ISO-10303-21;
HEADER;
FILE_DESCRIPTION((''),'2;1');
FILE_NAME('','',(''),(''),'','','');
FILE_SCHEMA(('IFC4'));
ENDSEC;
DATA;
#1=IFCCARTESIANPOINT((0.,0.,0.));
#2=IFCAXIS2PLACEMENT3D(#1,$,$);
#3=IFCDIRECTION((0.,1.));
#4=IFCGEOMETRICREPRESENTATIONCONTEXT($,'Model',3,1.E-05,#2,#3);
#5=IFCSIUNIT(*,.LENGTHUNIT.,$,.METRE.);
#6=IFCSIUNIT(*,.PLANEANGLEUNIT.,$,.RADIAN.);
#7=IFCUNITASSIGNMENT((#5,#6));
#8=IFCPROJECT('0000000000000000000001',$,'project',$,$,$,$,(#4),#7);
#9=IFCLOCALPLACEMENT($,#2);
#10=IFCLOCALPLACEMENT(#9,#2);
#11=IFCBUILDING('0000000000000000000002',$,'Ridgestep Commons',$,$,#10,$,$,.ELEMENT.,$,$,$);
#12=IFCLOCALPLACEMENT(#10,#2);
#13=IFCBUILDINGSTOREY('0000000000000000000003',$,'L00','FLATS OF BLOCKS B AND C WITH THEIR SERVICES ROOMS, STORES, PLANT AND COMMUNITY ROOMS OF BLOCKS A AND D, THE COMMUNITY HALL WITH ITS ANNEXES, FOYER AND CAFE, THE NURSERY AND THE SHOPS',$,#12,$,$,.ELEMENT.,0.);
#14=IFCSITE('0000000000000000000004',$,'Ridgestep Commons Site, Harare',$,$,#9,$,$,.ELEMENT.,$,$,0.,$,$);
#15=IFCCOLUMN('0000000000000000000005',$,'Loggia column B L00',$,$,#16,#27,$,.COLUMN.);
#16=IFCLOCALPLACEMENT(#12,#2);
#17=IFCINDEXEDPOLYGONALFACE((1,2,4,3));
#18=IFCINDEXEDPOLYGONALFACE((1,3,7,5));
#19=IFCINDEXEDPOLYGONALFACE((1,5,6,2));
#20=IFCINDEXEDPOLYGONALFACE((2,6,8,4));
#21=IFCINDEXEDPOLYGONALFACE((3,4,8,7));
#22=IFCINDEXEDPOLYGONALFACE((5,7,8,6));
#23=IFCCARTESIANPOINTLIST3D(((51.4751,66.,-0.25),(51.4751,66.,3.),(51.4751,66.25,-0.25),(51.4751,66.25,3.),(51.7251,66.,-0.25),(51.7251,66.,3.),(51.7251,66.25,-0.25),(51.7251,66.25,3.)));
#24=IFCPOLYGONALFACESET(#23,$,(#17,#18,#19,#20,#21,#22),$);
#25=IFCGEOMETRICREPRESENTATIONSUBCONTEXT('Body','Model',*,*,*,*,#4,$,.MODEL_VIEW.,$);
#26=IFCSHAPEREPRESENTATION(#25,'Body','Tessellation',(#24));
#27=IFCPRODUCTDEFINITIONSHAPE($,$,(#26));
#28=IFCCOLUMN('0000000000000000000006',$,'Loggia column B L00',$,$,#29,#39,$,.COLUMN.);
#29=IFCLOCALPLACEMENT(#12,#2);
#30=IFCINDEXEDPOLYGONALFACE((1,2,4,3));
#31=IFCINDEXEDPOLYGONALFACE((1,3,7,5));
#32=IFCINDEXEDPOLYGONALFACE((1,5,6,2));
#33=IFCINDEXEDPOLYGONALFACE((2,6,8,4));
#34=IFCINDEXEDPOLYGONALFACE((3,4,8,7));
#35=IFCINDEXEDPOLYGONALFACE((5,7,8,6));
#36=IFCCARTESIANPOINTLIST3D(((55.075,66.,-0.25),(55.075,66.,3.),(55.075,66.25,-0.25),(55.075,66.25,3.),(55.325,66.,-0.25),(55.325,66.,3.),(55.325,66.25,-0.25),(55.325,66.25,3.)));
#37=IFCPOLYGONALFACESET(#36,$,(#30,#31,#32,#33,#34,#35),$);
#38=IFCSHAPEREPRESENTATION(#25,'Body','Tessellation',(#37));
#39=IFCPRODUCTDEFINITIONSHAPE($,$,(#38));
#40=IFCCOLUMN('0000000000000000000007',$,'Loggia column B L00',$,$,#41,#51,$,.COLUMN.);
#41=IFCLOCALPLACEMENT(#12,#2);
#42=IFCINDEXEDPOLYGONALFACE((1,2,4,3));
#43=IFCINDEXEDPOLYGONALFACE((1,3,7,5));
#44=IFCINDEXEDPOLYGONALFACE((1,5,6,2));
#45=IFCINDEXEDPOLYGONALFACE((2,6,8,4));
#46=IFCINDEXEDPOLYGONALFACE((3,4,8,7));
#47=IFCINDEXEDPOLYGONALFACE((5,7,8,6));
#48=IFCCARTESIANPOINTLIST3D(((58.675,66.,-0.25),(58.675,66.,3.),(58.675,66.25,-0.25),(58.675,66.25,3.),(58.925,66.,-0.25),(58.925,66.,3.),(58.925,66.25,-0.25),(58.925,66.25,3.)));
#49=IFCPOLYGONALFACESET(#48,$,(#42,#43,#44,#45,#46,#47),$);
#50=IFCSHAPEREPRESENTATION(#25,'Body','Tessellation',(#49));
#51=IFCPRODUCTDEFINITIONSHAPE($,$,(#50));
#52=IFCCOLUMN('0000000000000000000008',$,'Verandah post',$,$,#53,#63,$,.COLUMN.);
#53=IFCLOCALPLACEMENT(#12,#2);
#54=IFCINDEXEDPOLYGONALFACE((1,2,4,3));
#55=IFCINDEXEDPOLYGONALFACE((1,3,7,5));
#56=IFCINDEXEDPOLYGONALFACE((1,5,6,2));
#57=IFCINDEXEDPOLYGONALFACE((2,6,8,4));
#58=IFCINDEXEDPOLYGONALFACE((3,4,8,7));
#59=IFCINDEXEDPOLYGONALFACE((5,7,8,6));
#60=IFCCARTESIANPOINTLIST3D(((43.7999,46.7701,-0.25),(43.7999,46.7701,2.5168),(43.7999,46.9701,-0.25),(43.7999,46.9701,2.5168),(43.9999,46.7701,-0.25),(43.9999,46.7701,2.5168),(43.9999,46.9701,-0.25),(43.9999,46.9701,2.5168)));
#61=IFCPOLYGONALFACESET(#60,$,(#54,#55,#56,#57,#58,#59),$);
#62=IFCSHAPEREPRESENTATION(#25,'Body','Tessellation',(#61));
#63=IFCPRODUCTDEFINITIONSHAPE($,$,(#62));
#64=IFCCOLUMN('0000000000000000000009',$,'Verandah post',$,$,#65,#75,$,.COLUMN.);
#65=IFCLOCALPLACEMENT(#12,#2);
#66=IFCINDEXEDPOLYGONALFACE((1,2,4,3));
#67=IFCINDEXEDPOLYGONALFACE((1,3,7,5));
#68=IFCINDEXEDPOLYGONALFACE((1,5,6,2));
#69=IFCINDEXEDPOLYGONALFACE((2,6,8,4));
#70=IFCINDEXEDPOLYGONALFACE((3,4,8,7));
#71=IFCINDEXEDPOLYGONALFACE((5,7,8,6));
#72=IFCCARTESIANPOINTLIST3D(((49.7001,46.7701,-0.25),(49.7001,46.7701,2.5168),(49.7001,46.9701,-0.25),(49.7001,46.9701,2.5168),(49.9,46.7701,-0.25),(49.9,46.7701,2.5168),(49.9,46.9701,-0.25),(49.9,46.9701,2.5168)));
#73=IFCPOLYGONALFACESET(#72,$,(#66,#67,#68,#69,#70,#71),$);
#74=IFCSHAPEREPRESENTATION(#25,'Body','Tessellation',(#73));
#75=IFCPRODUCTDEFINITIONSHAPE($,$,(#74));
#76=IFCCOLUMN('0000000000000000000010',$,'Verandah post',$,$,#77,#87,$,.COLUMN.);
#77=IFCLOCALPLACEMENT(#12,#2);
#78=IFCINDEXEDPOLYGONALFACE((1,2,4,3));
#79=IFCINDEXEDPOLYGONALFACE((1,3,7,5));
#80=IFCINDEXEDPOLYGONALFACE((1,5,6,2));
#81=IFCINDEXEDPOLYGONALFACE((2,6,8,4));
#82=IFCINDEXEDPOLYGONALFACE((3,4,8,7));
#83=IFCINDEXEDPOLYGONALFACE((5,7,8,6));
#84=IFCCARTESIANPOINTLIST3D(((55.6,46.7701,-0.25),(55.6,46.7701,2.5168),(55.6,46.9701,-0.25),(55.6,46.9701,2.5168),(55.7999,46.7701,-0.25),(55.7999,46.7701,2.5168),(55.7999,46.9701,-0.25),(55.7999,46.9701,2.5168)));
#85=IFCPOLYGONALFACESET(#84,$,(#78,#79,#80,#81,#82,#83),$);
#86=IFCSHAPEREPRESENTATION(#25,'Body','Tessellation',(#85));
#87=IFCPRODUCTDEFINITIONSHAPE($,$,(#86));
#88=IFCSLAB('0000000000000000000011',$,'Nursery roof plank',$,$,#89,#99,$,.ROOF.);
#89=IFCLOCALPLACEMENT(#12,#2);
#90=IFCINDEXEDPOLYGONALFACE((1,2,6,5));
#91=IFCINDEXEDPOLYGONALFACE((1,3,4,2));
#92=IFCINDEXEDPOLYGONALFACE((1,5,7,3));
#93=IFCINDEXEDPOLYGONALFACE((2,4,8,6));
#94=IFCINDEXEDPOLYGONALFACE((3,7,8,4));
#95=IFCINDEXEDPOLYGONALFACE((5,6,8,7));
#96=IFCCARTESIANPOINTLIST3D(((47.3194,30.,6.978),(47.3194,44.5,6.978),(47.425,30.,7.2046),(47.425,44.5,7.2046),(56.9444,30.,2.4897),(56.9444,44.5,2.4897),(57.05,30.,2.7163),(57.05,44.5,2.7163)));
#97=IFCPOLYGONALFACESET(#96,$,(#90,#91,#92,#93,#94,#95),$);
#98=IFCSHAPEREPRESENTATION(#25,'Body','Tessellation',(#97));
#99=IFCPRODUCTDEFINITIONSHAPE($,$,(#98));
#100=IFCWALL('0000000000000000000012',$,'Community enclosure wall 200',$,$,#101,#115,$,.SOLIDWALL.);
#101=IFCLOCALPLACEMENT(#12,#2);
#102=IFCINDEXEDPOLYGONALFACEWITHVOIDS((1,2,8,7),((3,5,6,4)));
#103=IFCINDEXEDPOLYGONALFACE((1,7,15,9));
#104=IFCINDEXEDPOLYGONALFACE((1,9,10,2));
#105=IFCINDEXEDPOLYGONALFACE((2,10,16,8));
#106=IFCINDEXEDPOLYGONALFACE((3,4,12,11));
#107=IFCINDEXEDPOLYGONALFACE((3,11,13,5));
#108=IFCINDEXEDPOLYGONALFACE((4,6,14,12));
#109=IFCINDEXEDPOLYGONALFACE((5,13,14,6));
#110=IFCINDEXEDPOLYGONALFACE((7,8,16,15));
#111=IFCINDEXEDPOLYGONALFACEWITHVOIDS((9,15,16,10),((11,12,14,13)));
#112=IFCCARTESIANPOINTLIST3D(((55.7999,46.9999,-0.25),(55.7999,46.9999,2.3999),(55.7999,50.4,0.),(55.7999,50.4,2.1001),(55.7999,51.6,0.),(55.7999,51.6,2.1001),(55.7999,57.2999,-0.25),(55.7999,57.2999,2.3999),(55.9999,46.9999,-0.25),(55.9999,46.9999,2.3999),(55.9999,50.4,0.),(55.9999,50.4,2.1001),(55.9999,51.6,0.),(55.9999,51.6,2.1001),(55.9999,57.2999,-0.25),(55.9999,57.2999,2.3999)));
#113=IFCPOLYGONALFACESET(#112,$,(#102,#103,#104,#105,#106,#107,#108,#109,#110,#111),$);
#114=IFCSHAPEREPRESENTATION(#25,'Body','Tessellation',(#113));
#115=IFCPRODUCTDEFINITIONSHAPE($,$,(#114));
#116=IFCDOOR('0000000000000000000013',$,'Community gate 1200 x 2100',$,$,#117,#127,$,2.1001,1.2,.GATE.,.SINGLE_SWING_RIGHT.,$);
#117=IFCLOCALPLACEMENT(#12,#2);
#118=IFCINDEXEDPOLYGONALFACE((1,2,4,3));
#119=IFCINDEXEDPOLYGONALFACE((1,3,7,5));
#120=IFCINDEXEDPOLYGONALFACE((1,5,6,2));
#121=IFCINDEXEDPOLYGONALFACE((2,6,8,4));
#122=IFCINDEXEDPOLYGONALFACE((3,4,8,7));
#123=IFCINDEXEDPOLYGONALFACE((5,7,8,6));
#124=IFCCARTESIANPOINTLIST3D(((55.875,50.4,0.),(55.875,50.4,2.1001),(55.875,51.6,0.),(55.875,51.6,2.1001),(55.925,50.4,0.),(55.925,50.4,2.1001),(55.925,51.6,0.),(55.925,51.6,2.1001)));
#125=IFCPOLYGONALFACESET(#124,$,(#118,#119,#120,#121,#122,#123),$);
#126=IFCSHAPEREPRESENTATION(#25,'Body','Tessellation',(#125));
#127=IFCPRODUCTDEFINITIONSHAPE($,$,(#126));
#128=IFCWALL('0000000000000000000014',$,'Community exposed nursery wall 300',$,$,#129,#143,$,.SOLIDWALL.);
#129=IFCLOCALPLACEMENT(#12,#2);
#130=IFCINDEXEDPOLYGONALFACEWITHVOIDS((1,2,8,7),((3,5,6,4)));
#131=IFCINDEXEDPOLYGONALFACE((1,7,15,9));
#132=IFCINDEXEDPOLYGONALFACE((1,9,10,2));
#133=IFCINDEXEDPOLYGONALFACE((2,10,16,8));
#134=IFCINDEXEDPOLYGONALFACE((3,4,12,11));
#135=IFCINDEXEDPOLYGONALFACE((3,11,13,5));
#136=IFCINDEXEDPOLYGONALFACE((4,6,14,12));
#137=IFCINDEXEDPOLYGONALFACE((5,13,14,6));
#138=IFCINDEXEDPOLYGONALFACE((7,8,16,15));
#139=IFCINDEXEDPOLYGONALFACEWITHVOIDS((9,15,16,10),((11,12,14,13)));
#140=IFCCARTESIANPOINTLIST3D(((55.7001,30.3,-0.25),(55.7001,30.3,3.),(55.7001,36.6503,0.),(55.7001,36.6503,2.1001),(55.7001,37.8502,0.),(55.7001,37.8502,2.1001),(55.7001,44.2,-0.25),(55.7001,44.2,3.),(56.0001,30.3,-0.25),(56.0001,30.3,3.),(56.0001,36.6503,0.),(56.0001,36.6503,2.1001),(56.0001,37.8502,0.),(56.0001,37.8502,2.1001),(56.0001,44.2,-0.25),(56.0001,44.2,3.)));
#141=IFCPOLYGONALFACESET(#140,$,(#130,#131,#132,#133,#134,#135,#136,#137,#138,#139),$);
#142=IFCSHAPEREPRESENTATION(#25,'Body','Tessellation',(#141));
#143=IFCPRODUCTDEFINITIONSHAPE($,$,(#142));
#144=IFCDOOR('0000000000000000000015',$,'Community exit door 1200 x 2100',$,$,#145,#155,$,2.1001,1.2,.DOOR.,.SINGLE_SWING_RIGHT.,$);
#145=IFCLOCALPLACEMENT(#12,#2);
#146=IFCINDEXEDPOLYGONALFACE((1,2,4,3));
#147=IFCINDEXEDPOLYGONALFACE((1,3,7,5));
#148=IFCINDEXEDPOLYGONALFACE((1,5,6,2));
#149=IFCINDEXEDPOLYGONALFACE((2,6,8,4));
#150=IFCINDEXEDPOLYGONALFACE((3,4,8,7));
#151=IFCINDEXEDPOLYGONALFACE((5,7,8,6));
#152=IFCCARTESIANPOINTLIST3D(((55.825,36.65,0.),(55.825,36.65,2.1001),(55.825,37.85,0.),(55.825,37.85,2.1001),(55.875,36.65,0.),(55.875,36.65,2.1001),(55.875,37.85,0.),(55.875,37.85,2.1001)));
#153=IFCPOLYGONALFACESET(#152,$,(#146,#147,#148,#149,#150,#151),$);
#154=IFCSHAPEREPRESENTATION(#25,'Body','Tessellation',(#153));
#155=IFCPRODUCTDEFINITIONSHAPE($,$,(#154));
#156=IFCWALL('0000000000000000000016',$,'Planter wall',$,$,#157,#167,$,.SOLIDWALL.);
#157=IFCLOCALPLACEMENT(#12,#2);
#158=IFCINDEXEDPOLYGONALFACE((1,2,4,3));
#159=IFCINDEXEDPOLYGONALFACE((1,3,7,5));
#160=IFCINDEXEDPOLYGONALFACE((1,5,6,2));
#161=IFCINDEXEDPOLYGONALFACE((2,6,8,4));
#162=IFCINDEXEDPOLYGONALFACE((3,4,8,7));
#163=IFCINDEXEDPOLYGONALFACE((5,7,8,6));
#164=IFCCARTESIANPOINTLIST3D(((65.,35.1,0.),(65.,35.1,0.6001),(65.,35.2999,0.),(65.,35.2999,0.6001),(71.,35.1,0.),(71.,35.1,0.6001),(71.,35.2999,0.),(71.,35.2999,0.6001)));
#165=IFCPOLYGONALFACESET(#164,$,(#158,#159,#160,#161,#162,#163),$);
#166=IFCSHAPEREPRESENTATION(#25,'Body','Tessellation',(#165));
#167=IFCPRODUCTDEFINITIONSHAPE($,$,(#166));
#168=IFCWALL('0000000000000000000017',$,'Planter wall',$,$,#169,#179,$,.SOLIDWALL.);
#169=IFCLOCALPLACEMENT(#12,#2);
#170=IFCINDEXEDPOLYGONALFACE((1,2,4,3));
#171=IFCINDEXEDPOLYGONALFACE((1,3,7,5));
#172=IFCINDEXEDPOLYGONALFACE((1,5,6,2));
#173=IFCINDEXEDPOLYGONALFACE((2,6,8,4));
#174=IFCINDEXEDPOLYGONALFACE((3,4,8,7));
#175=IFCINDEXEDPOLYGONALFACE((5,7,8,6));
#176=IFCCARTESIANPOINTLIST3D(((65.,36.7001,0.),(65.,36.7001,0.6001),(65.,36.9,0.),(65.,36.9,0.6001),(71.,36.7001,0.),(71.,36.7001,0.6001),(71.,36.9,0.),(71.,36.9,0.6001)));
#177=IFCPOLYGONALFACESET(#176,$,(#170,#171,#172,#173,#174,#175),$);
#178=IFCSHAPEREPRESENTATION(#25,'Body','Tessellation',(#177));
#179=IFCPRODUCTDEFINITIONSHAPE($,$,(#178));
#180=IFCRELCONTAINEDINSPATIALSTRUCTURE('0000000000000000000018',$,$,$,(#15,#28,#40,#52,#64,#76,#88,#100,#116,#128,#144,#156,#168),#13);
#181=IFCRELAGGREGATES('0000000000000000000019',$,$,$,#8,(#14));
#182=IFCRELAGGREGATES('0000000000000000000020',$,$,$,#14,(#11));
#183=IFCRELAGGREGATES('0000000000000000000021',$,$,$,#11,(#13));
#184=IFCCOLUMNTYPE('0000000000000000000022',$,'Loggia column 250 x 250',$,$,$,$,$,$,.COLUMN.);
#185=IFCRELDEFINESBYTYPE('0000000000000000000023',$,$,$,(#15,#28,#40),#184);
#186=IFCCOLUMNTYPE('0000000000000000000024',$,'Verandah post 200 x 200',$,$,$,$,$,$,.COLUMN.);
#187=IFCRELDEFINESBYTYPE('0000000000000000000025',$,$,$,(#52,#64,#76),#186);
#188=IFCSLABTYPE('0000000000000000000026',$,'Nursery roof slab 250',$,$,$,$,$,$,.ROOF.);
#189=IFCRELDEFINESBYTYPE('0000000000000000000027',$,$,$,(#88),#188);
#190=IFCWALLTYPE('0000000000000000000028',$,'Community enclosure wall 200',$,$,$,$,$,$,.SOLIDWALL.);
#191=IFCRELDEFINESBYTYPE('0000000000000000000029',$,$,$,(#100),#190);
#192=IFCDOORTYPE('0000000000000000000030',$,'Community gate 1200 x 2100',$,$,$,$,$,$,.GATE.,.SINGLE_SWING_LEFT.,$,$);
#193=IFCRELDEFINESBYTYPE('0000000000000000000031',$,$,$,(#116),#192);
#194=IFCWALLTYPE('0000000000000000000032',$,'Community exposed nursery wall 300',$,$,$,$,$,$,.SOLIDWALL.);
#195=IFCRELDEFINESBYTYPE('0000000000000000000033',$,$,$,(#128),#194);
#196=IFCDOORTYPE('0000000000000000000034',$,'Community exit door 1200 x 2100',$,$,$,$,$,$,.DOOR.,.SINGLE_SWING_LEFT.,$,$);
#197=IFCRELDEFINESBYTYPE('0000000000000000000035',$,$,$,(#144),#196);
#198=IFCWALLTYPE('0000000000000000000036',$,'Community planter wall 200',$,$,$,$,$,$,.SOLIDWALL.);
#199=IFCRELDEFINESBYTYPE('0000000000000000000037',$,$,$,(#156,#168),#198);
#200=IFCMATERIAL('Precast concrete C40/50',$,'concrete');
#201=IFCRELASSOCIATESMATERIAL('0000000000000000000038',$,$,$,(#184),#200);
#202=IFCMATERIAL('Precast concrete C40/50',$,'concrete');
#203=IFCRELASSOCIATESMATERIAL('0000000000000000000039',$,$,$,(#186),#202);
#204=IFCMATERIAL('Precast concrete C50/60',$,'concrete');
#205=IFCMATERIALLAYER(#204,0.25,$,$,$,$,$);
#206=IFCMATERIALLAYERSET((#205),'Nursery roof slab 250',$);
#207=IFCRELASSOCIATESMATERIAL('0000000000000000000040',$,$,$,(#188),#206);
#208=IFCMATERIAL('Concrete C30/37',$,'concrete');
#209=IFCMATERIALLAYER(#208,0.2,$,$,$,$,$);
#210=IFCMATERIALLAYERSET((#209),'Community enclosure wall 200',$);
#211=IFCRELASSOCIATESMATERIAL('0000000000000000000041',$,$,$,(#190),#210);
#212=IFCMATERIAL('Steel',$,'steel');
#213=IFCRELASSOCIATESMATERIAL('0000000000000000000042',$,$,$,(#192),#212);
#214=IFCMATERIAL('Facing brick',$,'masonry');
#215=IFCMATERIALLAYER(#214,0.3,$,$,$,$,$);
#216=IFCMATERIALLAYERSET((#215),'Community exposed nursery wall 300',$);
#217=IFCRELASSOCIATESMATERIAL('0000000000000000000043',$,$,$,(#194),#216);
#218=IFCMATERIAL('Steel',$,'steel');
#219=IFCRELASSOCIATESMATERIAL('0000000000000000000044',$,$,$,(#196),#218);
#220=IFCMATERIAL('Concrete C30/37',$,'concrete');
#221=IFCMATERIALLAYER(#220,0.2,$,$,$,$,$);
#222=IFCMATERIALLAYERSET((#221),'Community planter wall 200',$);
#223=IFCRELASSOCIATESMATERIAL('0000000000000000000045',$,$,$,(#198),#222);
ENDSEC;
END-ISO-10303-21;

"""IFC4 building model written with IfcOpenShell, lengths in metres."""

from ifc_helpers import new_model, si_unit, direction, frame, frame_2d, origin, origin_2d, place, context, subcontext, project, spatial, polyline, rectangle, outline, extrude, material, layer, layer_set, material_profile, profile_set, type_object, element, fill, save


model = new_model("IFC4")

# Units and contexts
model_context = context("Model", 3, precision=1e-05, world=origin(), true_north=direction((0.0, 1.0)))
body_context = subcontext(model_context, "Body", "Model", "MODEL_VIEW")
ifc_project = project(units=[si_unit("LENGTHUNIT", "METRE"), si_unit("PLANEANGLEUNIT", "RADIAN")], contexts=[model_context])

# Site, building, storey
site_placement = place(None, origin())
site = spatial("IfcSite", under=ifc_project, at=site_placement, Name="Ridgestep Commons Site, Harare", CompositionType="ELEMENT", RefElevation=0.0)
building_placement = place(site_placement, origin())
building = spatial("IfcBuilding", under=site, at=building_placement, Name="Ridgestep Commons", CompositionType="ELEMENT")
storey_placement = place(building_placement, origin())
storey = spatial("IfcBuildingStorey", under=building, at=storey_placement, Name="L00", Description="FLATS OF BLOCKS B AND C WITH THEIR SERVICES ROOMS, STORES, PLANT AND COMMUNITY ROOMS OF BLOCKS A AND D, THE COMMUNITY HALL WITH ITS ANNEXES, FOYER AND CAFE, THE NURSERY AND THE SHOPS", CompositionType="ELEMENT", Elevation=0.0)

# Columns
ifc_material_1 = material(Name="Precast concrete C40/50", Category="concrete")
ifc_material_profile_1 = material_profile(ifc_material_1, rectangle(XDim=0.25, YDim=0.25, at=origin_2d()), Name="PC 250x250")
ifc_profile_set_1 = profile_set([ifc_material_profile_1], Name="Precast concrete C40/50")
column_type_1 = type_object("IfcColumnType", Name="Loggia column 250 x 250", PredefinedType="COLUMN", material=ifc_profile_set_1)
for number, where, z_axis, x_axis, name in (
    (1, (51.6001, 66.125, -0.25), (0.0, 0.0, 1.0), (1.0, 0.0, 0.0), "Loggia column B L00"),
    (2, (55.2, 66.125, -0.25), (0.0, 0.0, 1.0), (1.0, 0.0, 0.0), "Loggia column B L00"),
    (3, (58.8, 66.125, -0.25), (0.0, 0.0, 1.0), (1.0, 0.0, 0.0), "Loggia column B L00"),
):
    element("IfcColumn", number, at=place(storey_placement, frame(where, z_axis=z_axis, x_axis=x_axis)), inside=storey, type_object=column_type_1, Name=name, PredefinedType="COLUMN", context=body_context, shape_type="SweptSolid", body=[
        extrude(rectangle(XDim=0.25, YDim=0.25, at=origin_2d()), origin(), (0.0, 0.0, 1.0), 3.25),
    ])
ifc_material_2 = material(Name="Precast concrete C40/50", Category="concrete")
ifc_material_profile_2 = material_profile(ifc_material_2, rectangle(XDim=0.2, YDim=0.2, at=origin_2d()), Name="Verandah post 200 x 200")
ifc_profile_set_2 = profile_set([ifc_material_profile_2], Name="Precast concrete C40/50")
column_type_2 = type_object("IfcColumnType", Name="Verandah post 200 x 200", PredefinedType="COLUMN", material=ifc_profile_set_2)
for number, where, z_axis, x_axis, name in (
    (4, (43.8999, 46.8701, -0.25), (0.0, 0.0, 1.0), (1.0, 0.0, 0.0), "Verandah post"),
    (5, (49.8, 46.8701, -0.25), (0.0, 0.0, 1.0), (1.0, 0.0, 0.0), "Verandah post"),
    (6, (55.7, 46.8701, -0.25), (0.0, 0.0, 1.0), (1.0, 0.0, 0.0), "Verandah post"),
):
    element("IfcColumn", number, at=place(storey_placement, frame(where, z_axis=z_axis, x_axis=x_axis)), inside=storey, type_object=column_type_2, Name=name, PredefinedType="COLUMN", context=body_context, shape_type="SweptSolid", body=[
        extrude(rectangle(XDim=0.2, YDim=0.2, at=origin_2d()), origin(), (0.0, 0.0, 1.0), 2.7668),
    ])

# Slab
ifc_material_3 = material(Name="Precast concrete C50/60", Category="concrete")
ifc_layer_1 = layer(ifc_material_3, 0.25)
ifc_layer_set_1 = layer_set([ifc_layer_1], Name="Nursery roof slab 250")
slab_type = type_object("IfcSlabType", Name="Nursery roof slab 250", PredefinedType="ROOF", material=ifc_layer_set_1)
slab_placement = place(storey_placement, frame((47.425, 30.0, 7.2046), z_axis=(0.422624, 0.0, 0.906305), x_axis=(0.906305, 0.0, -0.422624)))
element("IfcSlab", 7, at=slab_placement, inside=storey, type_object=slab_type, Name="Nursery roof plank", PredefinedType="ROOF", context=body_context, shape_type="SweptSolid", body=[
    extrude(outline(polyline([(0.0, 0.0), (10.62, 0.0), (10.62, 14.5), (0.0, 14.5), (0.0, 0.0)])), origin(), (0.0, 0.0, -1.0), 0.25),
])

# Walls, openings, doors
ifc_material_4 = material(Name="Concrete C30/37", Category="concrete")
ifc_layer_2 = layer(ifc_material_4, 0.2)
ifc_layer_set_2 = layer_set([ifc_layer_2], Name="Community enclosure wall 200")
wall_type_1 = type_object("IfcWallType", Name="Community enclosure wall 200", PredefinedType="SOLIDWALL", material=ifc_layer_set_2)
wall_1_placement = place(storey_placement, frame((55.8999, 47.0, -0.25), z_axis=(0.0, 0.0, 1.0), x_axis=(0.0, 1.0, 0.0)))
wall_1 = element("IfcWall", 8, at=wall_1_placement, inside=storey, type_object=wall_type_1, Name="Community enclosure wall 200", PredefinedType="SOLIDWALL", context=body_context, shape_type="SweptSolid", body=[
    extrude(rectangle(XDim=10.3, YDim=0.2, at=frame_2d((5.1499, 0.0))), origin(), (0.0, 0.0, 1.0), 2.6499),
])
opening_1_placement = place(wall_1_placement, frame((3.3999, 0.0, 0.25)))
opening_1 = element("IfcOpeningElement", 9, at=opening_1_placement, cuts=wall_1, PredefinedType="OPENING", context=body_context, shape_type="SweptSolid", body=[
    extrude(rectangle(XDim=1.2, YDim=2.1001, at=frame_2d((0.6001, 1.05))), frame((0.0, 0.1099, 0.0), z_axis=(0.0, -1.0, 0.0), x_axis=(1.0, 0.0, 0.0)), (0.0, 0.0, 1.0), 0.22),
])
ifc_material_5 = material(Name="Steel", Category="steel")
door_type_1 = type_object("IfcDoorType", Name="Community gate 1200 x 2100", OperationType="SINGLE_SWING_LEFT", PredefinedType="GATE", material=ifc_material_5)
door_1_placement = place(opening_1_placement, origin())
door_1 = element("IfcDoor", 10, at=door_1_placement, inside=storey, type_object=door_type_1, Name="Community gate 1200 x 2100", OperationType="SINGLE_SWING_RIGHT", OverallHeight=2.1001, OverallWidth=1.2, PredefinedType="GATE", context=body_context, shape_type="SweptSolid", body=[
    extrude(rectangle(XDim=1.2, YDim=2.1001, at=frame_2d((0.6001, 1.05))), frame((0.0, 0.0249, 0.0), z_axis=(0.0, -1.0, 0.0), x_axis=(1.0, 0.0, 0.0)), (0.0, 0.0, 1.0), 0.05),
])
fill(opening_1, door_1)
ifc_material_6 = material(Name="Facing brick", Category="masonry")
ifc_layer_3 = layer(ifc_material_6, 0.3)
ifc_layer_set_3 = layer_set([ifc_layer_3], Name="Community exposed nursery wall 300")
wall_type_2 = type_object("IfcWallType", Name="Community exposed nursery wall 300", PredefinedType="SOLIDWALL", material=ifc_layer_set_3)
wall_2_placement = place(storey_placement, frame((55.8501, 30.3, -0.25), z_axis=(0.0, 0.0, 1.0), x_axis=(0.0, 1.0, 0.0)))
wall_2 = element("IfcWall", 11, at=wall_2_placement, inside=storey, type_object=wall_type_2, Name="Community exposed nursery wall 300", PredefinedType="SOLIDWALL", context=body_context, shape_type="SweptSolid", body=[
    extrude(rectangle(XDim=13.8999, YDim=0.3, at=frame_2d((6.95, 0.0))), origin(), (0.0, 0.0, 1.0), 3.25),
])
opening_2_placement = place(wall_2_placement, frame((6.3501, 0.0, 0.25)))
opening_2 = element("IfcOpeningElement", 12, at=opening_2_placement, cuts=wall_2, PredefinedType="OPENING", context=body_context, shape_type="SweptSolid", body=[
    extrude(rectangle(XDim=1.2, YDim=2.1001, at=frame_2d((0.6001, 1.05))), frame((0.0, 0.1599, 0.0), z_axis=(0.0, -1.0, 0.0), x_axis=(1.0, 0.0, 0.0)), (0.0, 0.0, 1.0), 0.3201),
])
ifc_material_7 = material(Name="Steel", Category="steel")
door_type_2 = type_object("IfcDoorType", Name="Community exit door 1200 x 2100", OperationType="SINGLE_SWING_LEFT", PredefinedType="DOOR", material=ifc_material_7)
door_2_placement = place(opening_2_placement, frame((1.2, 0.0, 0.0), z_axis=(0.0, 0.0, 1.0), x_axis=(-1.0, 0.0, 0.0)))
door_2 = element("IfcDoor", 13, at=door_2_placement, inside=storey, type_object=door_type_2, Name="Community exit door 1200 x 2100", OperationType="SINGLE_SWING_RIGHT", OverallHeight=2.1001, OverallWidth=1.2, PredefinedType="DOOR", context=body_context, shape_type="SweptSolid", body=[
    extrude(rectangle(XDim=1.2, YDim=2.1001, at=frame_2d((0.6001, 1.05))), frame((0.0, 0.0249, 0.0), z_axis=(0.0, -1.0, 0.0), x_axis=(1.0, 0.0, 0.0)), (0.0, 0.0, 1.0), 0.05),
])
fill(opening_2, door_2)

# Walls
ifc_material_8 = material(Name="Concrete C30/37", Category="concrete")
ifc_layer_4 = layer(ifc_material_8, 0.2)
ifc_layer_set_4 = layer_set([ifc_layer_4], Name="Community planter wall 200")
wall_type_3 = type_object("IfcWallType", Name="Community planter wall 200", PredefinedType="SOLIDWALL", material=ifc_layer_set_4)
for number, where, z_axis, x_axis, name in (
    (14, (65.0, 35.2, 0.0), (0.0, 0.0, 1.0), (1.0, 0.0, 0.0), "Planter wall"),
    (15, (65.0, 36.8, 0.0), (0.0, 0.0, 1.0), (1.0, 0.0, 0.0), "Planter wall"),
):
    element("IfcWall", number, at=place(storey_placement, frame(where, z_axis=z_axis, x_axis=x_axis)), inside=storey, type_object=wall_type_3, Name=name, PredefinedType="SOLIDWALL", context=body_context, shape_type="SweptSolid", body=[
        extrude(rectangle(XDim=6.0, YDim=0.2, at=frame_2d((3.0, 0.0))), origin(), (0.0, 0.0, 1.0), 0.6001),
    ])

save(model, "model.ifc")
